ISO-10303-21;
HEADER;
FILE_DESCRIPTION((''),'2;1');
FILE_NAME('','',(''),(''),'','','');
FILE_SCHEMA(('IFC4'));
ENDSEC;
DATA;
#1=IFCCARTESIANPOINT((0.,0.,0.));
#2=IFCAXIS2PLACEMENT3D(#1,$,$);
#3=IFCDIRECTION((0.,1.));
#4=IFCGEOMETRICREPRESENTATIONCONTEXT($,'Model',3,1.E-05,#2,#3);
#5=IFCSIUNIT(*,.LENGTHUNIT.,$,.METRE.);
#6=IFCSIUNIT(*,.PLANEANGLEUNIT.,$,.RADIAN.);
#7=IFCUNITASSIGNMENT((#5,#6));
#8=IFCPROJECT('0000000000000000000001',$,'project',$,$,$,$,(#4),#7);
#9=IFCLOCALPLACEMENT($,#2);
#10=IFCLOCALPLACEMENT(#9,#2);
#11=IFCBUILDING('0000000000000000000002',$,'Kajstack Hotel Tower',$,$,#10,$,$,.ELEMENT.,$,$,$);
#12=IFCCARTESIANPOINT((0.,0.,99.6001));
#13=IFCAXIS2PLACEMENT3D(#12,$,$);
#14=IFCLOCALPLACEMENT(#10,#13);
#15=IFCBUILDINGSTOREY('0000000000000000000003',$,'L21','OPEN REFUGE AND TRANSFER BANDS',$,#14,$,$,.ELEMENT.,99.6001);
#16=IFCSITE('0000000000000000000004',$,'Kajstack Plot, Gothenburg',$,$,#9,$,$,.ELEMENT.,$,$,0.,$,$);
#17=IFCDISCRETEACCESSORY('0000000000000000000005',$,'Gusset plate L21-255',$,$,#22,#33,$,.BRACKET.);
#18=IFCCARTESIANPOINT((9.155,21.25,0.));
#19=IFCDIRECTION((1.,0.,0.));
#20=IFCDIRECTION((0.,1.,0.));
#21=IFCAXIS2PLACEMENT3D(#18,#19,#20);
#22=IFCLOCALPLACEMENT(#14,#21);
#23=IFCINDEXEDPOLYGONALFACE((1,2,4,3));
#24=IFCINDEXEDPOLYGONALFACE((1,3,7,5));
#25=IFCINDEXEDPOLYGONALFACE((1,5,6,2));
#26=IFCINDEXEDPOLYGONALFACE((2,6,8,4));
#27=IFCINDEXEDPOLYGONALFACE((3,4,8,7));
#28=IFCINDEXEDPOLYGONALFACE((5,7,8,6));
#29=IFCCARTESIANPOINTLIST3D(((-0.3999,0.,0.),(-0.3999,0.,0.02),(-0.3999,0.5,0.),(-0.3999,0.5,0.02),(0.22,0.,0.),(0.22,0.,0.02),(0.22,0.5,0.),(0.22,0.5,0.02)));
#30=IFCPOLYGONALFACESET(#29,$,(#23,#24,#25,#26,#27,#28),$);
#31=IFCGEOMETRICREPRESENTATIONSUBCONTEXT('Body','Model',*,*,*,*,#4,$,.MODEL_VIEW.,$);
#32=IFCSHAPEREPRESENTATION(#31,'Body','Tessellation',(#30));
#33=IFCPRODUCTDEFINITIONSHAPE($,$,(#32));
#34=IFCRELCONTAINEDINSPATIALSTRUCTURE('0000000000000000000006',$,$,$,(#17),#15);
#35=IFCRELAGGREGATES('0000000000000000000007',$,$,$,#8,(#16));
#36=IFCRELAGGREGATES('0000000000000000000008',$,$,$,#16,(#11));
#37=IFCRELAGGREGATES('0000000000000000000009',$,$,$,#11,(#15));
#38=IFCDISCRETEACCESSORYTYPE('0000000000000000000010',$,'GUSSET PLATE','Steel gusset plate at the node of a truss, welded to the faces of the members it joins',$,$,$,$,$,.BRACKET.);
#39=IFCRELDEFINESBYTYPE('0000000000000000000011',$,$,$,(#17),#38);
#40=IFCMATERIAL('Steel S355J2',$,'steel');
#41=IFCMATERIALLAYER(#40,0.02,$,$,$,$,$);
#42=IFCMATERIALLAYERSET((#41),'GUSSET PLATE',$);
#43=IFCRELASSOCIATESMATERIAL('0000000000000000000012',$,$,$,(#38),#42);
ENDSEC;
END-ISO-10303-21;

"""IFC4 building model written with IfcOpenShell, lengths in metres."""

from ifc_helpers import new_model, si_unit, direction, frame, origin, place, context, subcontext, project, spatial, polyline, outline, extrude, material, layer, layer_set, type_object, element, save


model = new_model("IFC4")

# Units and contexts
model_context = context("Model", 3, precision=1e-05, world=origin(), true_north=direction((0.0, 1.0)))
body_context = subcontext(model_context, "Body", "Model", "MODEL_VIEW")
ifc_project = project(units=[si_unit("LENGTHUNIT", "METRE"), si_unit("PLANEANGLEUNIT", "RADIAN")], contexts=[model_context])

# Site, building, storey
site_placement = place(None, origin())
site = spatial("IfcSite", under=ifc_project, at=site_placement, Name="Kajstack Plot, Gothenburg", CompositionType="ELEMENT", RefElevation=0.0)
building_placement = place(site_placement, origin())
building = spatial("IfcBuilding", under=site, at=building_placement, Name="Kajstack Hotel Tower", CompositionType="ELEMENT")
storey_placement = place(building_placement, frame((0.0, 0.0, 99.6001)))
storey = spatial("IfcBuildingStorey", under=building, at=storey_placement, Name="L21", Description="OPEN REFUGE AND TRANSFER BANDS", CompositionType="ELEMENT", Elevation=99.6001)

# Shared definitions
ifc_material_1 = material(Name="Steel S355J2", Category="steel")

# Discrete accessory
ifc_layer_1 = layer(ifc_material_1, 0.02)
ifc_layer_set_1 = layer_set([ifc_layer_1], Name="GUSSET PLATE")
discrete_accessory_type = type_object("IfcDiscreteAccessoryType", Name="GUSSET PLATE", Description="Steel gusset plate at the node of a truss, welded to the faces of the members it joins", PredefinedType="BRACKET", material=ifc_layer_set_1)
discrete_accessory_1_placement = place(storey_placement, frame((9.155, 21.25, 0.0), z_axis=(1.0, 0.0, 0.0), x_axis=(0.0, 1.0, 0.0)))
element("IfcDiscreteAccessory", 1, at=discrete_accessory_1_placement, inside=storey, type_object=discrete_accessory_type, Name="Gusset plate L21-255", PredefinedType="BRACKET", context=body_context, shape_type="SweptSolid", body=[
    extrude(outline(polyline([(-0.3999, 0.0), (0.22, 0.0), (0.22, 0.5), (-0.3999, 0.5), (-0.3999, 0.0)])), origin(), (0.0, 0.0, 1.0), 0.02),
])

save(model, "model.ifc")
